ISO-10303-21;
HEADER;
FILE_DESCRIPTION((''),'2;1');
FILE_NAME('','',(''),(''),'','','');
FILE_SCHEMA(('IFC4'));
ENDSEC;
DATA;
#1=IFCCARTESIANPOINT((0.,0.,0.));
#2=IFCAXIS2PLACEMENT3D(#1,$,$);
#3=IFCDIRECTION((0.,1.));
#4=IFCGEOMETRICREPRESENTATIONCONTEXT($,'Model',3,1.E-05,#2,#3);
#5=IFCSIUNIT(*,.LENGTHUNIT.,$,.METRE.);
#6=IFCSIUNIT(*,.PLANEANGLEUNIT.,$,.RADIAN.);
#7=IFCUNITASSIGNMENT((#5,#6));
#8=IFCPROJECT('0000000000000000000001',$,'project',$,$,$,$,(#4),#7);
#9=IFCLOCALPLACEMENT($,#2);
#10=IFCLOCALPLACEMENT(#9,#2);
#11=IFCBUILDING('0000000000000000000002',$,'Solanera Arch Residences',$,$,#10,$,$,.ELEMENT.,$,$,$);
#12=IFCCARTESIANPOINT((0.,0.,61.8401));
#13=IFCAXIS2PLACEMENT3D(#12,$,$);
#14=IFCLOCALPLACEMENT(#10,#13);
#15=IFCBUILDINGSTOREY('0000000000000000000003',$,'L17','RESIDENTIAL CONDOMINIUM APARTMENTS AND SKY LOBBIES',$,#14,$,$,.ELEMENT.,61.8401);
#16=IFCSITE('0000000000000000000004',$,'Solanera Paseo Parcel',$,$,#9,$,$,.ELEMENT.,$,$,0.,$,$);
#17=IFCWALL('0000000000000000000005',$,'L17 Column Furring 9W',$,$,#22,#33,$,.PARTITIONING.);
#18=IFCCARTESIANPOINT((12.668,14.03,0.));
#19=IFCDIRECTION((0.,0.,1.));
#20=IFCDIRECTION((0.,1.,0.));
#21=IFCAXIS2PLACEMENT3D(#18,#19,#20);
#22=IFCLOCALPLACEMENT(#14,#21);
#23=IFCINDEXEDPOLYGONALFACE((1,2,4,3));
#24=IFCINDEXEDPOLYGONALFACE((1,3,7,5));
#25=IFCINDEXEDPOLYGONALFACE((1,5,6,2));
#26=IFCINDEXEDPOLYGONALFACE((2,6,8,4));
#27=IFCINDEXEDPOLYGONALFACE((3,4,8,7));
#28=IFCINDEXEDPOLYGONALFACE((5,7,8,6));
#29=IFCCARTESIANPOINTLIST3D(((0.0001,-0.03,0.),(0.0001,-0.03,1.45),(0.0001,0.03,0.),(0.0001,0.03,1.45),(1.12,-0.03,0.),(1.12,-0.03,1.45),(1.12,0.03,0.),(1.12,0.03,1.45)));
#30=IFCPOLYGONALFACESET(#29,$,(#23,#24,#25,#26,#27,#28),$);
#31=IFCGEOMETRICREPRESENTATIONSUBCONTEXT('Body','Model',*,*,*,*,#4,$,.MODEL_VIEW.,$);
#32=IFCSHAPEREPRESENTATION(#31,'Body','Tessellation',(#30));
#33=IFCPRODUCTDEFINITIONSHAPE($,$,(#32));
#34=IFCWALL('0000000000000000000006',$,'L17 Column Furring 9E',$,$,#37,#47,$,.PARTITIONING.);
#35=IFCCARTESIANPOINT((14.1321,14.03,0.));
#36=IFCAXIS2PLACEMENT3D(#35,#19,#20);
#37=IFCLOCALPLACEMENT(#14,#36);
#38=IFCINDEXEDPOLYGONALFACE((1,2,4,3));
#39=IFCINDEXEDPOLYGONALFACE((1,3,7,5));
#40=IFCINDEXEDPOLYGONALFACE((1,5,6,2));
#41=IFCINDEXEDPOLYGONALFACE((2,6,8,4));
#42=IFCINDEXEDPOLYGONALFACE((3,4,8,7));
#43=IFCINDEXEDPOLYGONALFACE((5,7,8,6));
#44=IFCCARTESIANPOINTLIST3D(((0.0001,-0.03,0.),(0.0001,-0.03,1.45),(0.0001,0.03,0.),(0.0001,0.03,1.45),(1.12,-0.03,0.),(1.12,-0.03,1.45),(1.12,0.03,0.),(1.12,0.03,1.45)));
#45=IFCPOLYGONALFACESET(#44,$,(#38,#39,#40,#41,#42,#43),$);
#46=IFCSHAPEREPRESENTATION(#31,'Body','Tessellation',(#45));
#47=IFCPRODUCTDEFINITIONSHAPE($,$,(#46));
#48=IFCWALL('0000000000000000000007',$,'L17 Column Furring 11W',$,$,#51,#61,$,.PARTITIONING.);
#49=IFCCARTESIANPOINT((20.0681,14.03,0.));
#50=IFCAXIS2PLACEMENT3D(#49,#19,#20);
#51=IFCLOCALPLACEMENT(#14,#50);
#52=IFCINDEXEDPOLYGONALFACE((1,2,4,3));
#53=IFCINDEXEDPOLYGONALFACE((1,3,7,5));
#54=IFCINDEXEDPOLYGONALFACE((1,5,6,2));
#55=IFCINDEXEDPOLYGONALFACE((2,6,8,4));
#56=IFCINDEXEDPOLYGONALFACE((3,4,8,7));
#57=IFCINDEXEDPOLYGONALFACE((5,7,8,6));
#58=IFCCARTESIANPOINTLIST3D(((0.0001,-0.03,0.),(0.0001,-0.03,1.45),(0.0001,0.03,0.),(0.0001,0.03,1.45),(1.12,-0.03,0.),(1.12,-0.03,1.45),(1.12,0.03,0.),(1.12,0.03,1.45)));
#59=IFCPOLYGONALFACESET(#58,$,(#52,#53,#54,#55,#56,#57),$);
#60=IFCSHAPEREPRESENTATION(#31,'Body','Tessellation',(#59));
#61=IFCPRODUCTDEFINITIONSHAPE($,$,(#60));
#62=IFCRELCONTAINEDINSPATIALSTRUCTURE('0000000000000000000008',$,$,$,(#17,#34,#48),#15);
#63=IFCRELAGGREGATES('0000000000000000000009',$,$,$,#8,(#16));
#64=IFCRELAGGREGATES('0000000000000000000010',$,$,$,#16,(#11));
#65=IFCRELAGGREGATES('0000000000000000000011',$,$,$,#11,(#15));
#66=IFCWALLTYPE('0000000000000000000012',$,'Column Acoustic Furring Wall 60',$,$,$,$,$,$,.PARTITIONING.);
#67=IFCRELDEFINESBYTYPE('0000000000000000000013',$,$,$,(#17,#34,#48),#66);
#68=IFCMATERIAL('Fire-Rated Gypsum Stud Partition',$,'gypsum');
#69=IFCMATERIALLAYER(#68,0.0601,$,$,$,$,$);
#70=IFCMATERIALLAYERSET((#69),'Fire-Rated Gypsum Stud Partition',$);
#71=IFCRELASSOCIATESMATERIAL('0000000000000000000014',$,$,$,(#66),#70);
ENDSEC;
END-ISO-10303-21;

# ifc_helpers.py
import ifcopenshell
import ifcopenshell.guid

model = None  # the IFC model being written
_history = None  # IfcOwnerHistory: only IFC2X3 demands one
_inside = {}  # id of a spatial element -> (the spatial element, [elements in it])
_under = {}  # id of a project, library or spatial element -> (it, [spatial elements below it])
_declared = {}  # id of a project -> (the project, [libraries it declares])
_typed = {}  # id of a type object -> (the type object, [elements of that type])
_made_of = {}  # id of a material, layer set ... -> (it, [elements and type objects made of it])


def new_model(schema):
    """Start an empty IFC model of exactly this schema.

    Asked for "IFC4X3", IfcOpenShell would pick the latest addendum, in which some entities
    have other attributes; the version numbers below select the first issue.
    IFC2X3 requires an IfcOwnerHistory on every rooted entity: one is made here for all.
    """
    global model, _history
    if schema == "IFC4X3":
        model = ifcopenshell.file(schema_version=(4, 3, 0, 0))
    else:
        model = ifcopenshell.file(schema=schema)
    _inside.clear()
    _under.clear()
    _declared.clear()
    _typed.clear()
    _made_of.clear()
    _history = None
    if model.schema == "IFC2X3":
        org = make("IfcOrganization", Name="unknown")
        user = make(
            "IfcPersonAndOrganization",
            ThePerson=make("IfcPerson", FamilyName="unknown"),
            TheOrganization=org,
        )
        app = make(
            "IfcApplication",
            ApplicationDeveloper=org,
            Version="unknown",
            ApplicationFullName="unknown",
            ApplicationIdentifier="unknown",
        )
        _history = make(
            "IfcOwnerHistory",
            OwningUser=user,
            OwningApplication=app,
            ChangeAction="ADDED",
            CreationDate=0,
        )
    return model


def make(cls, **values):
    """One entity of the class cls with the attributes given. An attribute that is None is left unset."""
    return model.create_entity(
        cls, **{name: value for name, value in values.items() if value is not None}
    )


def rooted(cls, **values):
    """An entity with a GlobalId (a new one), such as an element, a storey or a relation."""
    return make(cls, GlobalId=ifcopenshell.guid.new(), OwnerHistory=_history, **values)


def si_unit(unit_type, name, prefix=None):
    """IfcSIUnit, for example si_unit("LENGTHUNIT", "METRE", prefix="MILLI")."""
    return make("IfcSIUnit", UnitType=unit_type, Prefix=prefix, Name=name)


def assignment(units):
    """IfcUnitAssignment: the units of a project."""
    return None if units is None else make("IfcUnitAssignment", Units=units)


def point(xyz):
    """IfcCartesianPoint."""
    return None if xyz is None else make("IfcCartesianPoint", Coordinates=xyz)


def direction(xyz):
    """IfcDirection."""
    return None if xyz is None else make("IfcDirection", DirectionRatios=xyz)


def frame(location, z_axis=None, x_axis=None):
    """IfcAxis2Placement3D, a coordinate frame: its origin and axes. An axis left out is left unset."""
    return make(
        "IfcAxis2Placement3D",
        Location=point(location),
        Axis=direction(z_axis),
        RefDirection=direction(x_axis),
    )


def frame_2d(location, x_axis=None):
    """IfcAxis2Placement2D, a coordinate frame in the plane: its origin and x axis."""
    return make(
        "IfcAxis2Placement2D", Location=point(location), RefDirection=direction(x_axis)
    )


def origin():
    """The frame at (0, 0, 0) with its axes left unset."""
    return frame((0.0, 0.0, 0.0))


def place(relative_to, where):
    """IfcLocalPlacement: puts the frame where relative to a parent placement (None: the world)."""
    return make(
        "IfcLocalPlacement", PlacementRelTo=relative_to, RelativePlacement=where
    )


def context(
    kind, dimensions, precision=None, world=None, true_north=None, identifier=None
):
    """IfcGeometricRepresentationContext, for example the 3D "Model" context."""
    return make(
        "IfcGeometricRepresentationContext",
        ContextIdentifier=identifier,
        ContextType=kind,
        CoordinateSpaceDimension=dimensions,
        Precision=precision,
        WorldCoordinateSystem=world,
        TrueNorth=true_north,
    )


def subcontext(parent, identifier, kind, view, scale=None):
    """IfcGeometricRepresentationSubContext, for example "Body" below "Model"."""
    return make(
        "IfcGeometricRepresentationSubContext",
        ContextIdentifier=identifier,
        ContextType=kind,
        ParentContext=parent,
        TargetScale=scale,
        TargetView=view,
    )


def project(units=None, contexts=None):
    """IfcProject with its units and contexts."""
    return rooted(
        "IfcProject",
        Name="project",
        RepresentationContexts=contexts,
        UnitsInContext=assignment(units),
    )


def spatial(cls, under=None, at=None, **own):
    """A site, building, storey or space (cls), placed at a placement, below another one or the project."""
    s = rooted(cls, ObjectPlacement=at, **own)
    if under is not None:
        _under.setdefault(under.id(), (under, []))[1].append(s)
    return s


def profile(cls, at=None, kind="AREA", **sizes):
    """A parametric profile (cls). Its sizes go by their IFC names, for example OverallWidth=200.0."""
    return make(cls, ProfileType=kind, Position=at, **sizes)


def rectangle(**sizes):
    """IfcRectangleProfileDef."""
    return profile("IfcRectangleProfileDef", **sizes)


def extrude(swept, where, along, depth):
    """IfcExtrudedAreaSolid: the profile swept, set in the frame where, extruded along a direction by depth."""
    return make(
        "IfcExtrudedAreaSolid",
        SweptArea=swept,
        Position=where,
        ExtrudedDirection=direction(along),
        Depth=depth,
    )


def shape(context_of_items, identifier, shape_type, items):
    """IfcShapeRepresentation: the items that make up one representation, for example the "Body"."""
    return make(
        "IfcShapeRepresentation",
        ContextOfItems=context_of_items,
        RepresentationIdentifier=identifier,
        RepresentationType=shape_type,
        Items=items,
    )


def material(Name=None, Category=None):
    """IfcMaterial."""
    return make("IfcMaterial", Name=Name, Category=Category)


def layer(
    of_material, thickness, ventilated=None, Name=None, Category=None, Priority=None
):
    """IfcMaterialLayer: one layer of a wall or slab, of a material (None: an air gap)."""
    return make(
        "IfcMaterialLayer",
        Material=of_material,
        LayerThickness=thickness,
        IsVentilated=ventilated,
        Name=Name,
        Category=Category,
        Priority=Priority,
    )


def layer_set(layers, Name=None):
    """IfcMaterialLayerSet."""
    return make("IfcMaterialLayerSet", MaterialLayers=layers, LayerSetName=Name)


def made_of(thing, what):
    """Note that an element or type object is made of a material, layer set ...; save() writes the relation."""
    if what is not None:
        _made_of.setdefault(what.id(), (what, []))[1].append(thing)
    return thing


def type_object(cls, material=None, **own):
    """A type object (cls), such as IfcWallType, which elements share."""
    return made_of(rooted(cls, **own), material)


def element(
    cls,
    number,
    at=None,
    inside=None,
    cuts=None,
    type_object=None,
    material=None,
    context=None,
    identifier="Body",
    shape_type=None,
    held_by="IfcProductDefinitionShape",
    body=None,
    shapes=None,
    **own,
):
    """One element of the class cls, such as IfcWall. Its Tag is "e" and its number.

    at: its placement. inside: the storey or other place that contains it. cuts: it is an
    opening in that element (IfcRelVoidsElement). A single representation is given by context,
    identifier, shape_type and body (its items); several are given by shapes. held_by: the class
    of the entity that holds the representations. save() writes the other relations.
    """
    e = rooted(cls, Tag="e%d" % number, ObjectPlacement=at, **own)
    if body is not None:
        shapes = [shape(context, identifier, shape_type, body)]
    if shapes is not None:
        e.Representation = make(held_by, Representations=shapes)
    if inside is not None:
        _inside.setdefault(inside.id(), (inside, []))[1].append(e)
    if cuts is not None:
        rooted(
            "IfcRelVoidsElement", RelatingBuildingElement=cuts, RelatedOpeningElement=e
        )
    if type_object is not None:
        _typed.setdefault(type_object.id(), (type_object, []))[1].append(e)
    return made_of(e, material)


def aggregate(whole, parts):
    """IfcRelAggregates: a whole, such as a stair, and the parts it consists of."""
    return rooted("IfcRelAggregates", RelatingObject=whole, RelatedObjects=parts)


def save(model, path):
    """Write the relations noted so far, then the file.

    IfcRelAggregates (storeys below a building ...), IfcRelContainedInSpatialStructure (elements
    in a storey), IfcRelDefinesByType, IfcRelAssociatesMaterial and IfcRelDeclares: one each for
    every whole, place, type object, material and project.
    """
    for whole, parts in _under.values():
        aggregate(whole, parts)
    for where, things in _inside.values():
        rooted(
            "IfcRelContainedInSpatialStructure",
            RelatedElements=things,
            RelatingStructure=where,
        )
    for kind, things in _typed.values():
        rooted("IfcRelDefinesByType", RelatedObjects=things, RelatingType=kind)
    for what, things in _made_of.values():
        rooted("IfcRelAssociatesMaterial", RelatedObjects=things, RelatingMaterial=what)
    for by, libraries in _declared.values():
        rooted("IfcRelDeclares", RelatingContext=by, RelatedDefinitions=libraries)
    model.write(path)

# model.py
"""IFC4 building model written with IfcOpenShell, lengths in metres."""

from ifc_helpers import new_model, si_unit, direction, frame, frame_2d, origin, place, context, subcontext, project, spatial, rectangle, extrude, material, layer, layer_set, type_object, element, save


model = new_model("IFC4")

# Units and contexts
model_context = context("Model", 3, precision=1e-05, world=origin(), true_north=direction((0.0, 1.0)))
body_context = subcontext(model_context, "Body", "Model", "MODEL_VIEW")
ifc_project = project(units=[si_unit("LENGTHUNIT", "METRE"), si_unit("PLANEANGLEUNIT", "RADIAN")], contexts=[model_context])

# Site, building, storey
site_placement = place(None, origin())
site = spatial("IfcSite", under=ifc_project, at=site_placement, Name="Solanera Paseo Parcel", CompositionType="ELEMENT", RefElevation=0.0)
building_placement = place(site_placement, origin())
building = spatial("IfcBuilding", under=site, at=building_placement, Name="Solanera Arch Residences", CompositionType="ELEMENT")
storey_placement = place(building_placement, frame((0.0, 0.0, 61.8401)))
storey = spatial("IfcBuildingStorey", under=building, at=storey_placement, Name="L17", Description="RESIDENTIAL CONDOMINIUM APARTMENTS AND SKY LOBBIES", CompositionType="ELEMENT", Elevation=61.8401)

# Walls
ifc_material_1 = material(Name="Fire-Rated Gypsum Stud Partition", Category="gypsum")
ifc_layer_1 = layer(ifc_material_1, 0.0601)
ifc_layer_set_1 = layer_set([ifc_layer_1], Name="Fire-Rated Gypsum Stud Partition")
wall_type_1 = type_object("IfcWallType", Name="Column Acoustic Furring Wall 60", PredefinedType="PARTITIONING", material=ifc_layer_set_1)
for number, where, z_axis, x_axis, name in (
    (1, (12.668, 14.03, 0.0), (0.0, 0.0, 1.0), (0.0, 1.0, 0.0), "L17 Column Furring 9W"),
    (2, (14.1321, 14.03, 0.0), (0.0, 0.0, 1.0), (0.0, 1.0, 0.0), "L17 Column Furring 9E"),
):
    element("IfcWall", number, at=place(storey_placement, frame(where, z_axis=z_axis, x_axis=x_axis)), inside=storey, type_object=wall_type_1, Name=name, PredefinedType="PARTITIONING", context=body_context, shape_type="SweptSolid", body=[
        extrude(rectangle(XDim=1.1199, YDim=0.0601, at=frame_2d((0.5601, 0.0))), origin(), (0.0, 0.0, 1.0), 1.45),
    ])
wall_1_placement = place(storey_placement, frame((20.0681, 14.03, 0.0), z_axis=(0.0, 0.0, 1.0), x_axis=(0.0, 1.0, 0.0)))
element("IfcWall", 3, at=wall_1_placement, inside=storey, type_object=wall_type_1, Name="L17 Column Furring 11W", PredefinedType="PARTITIONING", context=body_context, shape_type="SweptSolid", body=[
    extrude(rectangle(XDim=1.1199, YDim=0.0601, at=frame_2d((0.5601, 0.0))), origin(), (0.0, 0.0, 1.0), 1.45),
])

save(model, "model.ifc")
